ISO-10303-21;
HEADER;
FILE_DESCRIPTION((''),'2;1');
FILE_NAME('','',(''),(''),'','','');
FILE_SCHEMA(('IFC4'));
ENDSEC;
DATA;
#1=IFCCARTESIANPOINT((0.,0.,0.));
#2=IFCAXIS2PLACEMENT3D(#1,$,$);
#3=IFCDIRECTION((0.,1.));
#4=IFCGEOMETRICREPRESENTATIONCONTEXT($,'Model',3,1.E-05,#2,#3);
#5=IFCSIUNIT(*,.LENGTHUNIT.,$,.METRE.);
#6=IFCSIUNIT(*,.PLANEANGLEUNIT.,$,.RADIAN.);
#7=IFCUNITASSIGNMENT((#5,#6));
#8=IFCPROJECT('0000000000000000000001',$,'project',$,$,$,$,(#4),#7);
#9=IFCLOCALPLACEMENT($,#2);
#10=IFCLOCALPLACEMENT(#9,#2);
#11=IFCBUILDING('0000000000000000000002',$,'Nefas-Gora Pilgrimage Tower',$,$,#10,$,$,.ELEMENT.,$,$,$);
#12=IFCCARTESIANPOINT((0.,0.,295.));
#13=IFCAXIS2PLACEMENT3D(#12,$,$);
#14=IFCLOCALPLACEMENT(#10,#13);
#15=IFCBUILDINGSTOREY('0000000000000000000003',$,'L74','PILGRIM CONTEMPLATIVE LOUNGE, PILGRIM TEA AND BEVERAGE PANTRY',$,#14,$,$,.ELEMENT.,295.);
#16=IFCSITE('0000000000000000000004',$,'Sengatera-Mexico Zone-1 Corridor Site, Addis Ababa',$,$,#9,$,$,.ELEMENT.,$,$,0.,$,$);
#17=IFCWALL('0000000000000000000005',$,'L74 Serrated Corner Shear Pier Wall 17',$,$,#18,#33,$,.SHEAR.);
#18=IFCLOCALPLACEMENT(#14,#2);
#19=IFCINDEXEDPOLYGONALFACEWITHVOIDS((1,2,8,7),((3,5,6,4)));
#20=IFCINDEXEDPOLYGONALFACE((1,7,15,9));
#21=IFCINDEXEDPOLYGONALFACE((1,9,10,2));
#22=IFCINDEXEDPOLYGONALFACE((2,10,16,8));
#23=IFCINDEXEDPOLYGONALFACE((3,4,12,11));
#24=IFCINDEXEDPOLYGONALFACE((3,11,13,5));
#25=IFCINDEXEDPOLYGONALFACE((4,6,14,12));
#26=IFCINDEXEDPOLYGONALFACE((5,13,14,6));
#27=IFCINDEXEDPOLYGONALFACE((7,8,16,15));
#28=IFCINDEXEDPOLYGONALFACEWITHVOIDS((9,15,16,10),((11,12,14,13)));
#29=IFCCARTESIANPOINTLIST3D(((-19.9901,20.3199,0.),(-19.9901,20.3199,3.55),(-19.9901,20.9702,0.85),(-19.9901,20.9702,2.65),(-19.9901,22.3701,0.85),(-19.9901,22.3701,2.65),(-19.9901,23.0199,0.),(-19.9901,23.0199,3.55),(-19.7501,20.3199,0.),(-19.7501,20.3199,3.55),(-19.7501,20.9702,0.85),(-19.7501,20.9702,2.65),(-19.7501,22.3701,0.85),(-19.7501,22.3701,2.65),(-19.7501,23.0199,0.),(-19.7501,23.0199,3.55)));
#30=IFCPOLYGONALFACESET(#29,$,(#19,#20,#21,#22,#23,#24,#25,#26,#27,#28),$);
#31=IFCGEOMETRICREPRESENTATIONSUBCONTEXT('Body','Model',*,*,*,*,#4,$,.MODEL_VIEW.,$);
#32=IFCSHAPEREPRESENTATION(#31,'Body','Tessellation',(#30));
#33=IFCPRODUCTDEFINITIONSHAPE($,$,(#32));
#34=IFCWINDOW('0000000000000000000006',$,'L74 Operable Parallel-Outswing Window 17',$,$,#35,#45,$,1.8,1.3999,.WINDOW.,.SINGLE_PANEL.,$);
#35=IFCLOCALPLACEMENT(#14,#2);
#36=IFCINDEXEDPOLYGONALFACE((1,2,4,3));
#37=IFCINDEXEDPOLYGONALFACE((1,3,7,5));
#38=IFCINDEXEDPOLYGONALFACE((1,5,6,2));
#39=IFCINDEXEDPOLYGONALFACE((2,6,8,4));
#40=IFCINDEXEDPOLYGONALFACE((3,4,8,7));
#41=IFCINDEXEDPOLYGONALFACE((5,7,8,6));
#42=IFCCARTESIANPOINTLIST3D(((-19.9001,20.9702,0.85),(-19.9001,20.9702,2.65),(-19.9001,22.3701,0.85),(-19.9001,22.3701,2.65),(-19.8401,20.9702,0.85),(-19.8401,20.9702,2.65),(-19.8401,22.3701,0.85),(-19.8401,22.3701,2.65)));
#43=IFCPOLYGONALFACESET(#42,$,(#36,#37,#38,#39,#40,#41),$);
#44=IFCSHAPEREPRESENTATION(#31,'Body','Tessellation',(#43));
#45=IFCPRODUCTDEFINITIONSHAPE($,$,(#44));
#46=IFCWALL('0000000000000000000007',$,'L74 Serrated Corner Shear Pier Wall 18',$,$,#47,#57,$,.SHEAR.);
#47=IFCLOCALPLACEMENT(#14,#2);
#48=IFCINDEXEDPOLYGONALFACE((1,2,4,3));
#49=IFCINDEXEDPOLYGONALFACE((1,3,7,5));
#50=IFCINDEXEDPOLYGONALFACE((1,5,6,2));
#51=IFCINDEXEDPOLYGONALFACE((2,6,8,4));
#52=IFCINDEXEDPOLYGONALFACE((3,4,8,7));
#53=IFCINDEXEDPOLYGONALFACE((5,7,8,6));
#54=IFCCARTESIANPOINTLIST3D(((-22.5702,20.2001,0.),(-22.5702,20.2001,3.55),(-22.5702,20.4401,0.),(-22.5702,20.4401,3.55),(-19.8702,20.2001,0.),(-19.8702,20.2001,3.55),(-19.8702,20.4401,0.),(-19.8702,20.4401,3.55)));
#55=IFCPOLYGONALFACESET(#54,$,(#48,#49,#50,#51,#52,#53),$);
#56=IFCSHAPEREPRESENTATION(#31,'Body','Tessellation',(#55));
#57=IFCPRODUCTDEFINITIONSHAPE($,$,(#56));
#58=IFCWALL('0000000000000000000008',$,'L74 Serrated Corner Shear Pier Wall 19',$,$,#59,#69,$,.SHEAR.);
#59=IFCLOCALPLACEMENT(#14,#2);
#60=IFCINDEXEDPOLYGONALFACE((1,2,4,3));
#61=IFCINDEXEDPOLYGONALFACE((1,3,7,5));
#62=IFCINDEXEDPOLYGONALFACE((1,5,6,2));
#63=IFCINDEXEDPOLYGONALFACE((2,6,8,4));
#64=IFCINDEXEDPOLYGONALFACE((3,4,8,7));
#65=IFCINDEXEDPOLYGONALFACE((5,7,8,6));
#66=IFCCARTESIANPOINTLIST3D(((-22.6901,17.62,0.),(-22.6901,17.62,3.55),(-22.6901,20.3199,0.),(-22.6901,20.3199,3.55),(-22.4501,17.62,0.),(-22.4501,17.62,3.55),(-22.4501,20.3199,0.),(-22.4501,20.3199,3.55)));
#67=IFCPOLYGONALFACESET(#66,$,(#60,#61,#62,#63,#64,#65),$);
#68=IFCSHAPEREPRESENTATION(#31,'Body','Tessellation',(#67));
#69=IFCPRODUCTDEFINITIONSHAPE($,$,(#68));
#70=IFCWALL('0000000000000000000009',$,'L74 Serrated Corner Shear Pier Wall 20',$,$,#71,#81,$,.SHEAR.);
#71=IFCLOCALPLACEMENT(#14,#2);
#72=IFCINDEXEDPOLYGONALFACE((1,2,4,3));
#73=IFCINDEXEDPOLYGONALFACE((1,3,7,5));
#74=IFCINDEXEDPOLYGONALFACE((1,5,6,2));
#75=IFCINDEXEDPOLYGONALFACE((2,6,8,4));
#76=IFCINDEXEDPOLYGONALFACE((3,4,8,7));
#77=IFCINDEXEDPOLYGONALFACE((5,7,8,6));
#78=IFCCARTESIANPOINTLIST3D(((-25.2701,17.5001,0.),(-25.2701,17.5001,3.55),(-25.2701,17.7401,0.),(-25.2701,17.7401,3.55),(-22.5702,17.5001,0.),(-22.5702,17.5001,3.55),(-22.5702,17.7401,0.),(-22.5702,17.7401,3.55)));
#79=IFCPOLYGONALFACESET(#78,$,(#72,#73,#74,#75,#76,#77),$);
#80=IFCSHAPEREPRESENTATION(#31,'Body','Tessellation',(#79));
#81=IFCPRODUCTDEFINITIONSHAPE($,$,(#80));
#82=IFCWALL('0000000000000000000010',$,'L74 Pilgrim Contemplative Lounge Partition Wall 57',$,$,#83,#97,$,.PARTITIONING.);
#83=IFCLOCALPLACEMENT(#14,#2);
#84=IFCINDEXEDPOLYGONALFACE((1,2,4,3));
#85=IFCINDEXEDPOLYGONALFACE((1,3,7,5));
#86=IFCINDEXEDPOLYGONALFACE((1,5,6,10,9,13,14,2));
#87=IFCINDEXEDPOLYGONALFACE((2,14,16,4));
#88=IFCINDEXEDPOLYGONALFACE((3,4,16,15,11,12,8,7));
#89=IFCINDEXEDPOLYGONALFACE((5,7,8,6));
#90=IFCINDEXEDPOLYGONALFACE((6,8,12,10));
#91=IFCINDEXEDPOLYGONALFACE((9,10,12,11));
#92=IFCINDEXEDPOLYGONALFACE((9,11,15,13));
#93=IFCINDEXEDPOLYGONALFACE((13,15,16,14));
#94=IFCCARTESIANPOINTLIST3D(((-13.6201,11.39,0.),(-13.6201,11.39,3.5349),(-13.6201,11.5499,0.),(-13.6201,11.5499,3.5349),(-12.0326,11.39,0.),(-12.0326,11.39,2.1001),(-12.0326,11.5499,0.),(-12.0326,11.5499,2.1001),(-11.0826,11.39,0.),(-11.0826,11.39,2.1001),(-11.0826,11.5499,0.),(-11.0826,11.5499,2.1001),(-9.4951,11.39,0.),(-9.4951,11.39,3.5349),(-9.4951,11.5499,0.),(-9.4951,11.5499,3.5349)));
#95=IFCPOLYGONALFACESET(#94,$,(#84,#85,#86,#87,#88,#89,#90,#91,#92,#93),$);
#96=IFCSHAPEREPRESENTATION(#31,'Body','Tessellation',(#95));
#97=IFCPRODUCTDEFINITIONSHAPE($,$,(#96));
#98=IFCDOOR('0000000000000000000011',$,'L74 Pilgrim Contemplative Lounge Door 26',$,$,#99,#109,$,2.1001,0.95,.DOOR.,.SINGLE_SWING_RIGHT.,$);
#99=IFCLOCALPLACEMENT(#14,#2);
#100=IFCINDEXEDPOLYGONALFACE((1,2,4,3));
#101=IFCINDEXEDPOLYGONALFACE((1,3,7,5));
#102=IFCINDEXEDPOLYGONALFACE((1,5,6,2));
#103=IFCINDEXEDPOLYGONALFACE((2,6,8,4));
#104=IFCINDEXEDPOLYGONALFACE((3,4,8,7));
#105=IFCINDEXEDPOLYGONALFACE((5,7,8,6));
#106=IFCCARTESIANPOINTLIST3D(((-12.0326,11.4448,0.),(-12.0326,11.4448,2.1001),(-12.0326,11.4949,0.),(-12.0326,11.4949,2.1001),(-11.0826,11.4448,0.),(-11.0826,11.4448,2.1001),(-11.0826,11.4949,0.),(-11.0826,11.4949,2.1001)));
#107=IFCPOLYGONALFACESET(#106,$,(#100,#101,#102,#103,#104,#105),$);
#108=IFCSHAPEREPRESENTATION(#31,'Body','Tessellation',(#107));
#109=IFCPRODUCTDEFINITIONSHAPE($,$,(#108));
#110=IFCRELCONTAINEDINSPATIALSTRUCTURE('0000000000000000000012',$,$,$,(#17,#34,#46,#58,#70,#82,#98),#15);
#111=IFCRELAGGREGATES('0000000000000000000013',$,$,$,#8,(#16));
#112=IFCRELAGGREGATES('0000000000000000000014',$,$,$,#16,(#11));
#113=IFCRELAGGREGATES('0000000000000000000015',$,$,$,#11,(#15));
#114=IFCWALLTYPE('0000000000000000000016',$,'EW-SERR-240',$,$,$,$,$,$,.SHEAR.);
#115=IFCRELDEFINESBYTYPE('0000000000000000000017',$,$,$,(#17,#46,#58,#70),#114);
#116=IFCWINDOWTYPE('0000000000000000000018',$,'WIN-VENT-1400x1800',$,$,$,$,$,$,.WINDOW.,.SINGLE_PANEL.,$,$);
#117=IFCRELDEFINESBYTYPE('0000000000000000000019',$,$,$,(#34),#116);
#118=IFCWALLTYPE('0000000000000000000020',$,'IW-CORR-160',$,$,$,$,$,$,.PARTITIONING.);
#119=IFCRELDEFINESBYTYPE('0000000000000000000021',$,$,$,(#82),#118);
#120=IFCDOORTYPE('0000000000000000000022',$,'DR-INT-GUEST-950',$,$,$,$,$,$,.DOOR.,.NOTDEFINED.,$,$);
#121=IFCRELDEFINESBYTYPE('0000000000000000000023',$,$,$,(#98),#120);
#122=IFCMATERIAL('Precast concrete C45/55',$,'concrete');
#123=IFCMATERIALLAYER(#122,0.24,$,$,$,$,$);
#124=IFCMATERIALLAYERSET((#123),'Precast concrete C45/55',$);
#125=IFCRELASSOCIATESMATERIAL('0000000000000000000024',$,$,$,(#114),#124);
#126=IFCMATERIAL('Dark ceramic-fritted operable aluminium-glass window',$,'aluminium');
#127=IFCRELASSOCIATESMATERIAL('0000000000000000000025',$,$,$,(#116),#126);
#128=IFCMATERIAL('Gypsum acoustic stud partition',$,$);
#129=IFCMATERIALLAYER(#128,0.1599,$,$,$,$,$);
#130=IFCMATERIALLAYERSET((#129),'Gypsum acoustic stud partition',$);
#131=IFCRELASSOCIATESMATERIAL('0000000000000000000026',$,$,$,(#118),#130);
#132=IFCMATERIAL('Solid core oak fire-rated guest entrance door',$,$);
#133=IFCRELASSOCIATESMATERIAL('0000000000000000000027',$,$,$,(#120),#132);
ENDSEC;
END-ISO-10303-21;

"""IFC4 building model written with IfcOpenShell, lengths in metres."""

from ifc_helpers import new_model, si_unit, direction, frame, frame_2d, origin, place, context, subcontext, project, spatial, rectangle, extrude, source, transform, mapped, material, layer, layer_set, type_object, element, fill, save


model = new_model("IFC4")

# Units and contexts
model_context = context("Model", 3, precision=1e-05, world=origin(), true_north=direction((0.0, 1.0)))
body_context = subcontext(model_context, "Body", "Model", "MODEL_VIEW")
ifc_project = project(units=[si_unit("LENGTHUNIT", "METRE"), si_unit("PLANEANGLEUNIT", "RADIAN")], contexts=[model_context])

# Site, building, storey
site_placement = place(None, origin())
site = spatial("IfcSite", under=ifc_project, at=site_placement, Name="Sengatera-Mexico Zone-1 Corridor Site, Addis Ababa", CompositionType="ELEMENT", RefElevation=0.0)
building_placement = place(site_placement, origin())
building = spatial("IfcBuilding", under=site, at=building_placement, Name="Nefas-Gora Pilgrimage Tower", CompositionType="ELEMENT")
storey_placement = place(building_placement, frame((0.0, 0.0, 295.0)))
storey = spatial("IfcBuildingStorey", under=building, at=storey_placement, Name="L74", Description="PILGRIM CONTEMPLATIVE LOUNGE, PILGRIM TEA AND BEVERAGE PANTRY", CompositionType="ELEMENT", Elevation=295.0)

# Wall, opening, window
ifc_material_1 = material(Name="Precast concrete C45/55", Category="concrete")
ifc_layer_1 = layer(ifc_material_1, 0.24)
ifc_layer_set_1 = layer_set([ifc_layer_1], Name="Precast concrete C45/55")
wall_type_1 = type_object("IfcWallType", Name="EW-SERR-240", PredefinedType="SHEAR", material=ifc_layer_set_1)
shared_shape_1 = source(origin(), body_context, "Body", "SweptSolid", [
    extrude(rectangle(XDim=2.7, YDim=0.24, at=frame_2d((1.3501, 0.0))), origin(), (0.0, 0.0, 1.0), 3.55),
])
wall_1_placement = place(storey_placement, frame((-19.8701, 23.02, 0.0), z_axis=(0.0, 0.0, 1.0), x_axis=(0.0, -1.0, 0.0)))
wall_1 = element("IfcWall", 1, at=wall_1_placement, inside=storey, type_object=wall_type_1, Name="L74 Serrated Corner Shear Pier Wall 17", PredefinedType="SHEAR", context=body_context, shape_type="MappedRepresentation", body=[
    mapped(shared_shape_1, transform((0.0, 0.0, 0.0), x_axis=(1.0, 0.0, 0.0), y_axis=(0.0, 1.0, 0.0), z_axis=(0.0, 0.0, 1.0), scale=1.0)),
])
opening_1_placement = place(wall_1_placement, frame((0.6499, 0.0, 0.8501)))
opening_1 = element("IfcOpeningElement", 2, at=opening_1_placement, cuts=wall_1, PredefinedType="OPENING", context=body_context, shape_type="SweptSolid", body=[
    extrude(rectangle(XDim=1.3999, YDim=1.8, at=frame_2d((0.7, 0.8999))), frame((0.0, 0.1299, 0.0), z_axis=(0.0, -1.0, 0.0), x_axis=(1.0, 0.0, 0.0)), (0.0, 0.0, 1.0), 0.26),
])
ifc_material_2 = material(Name="Dark ceramic-fritted operable aluminium-glass window", Category="aluminium")
window_type = type_object("IfcWindowType", Name="WIN-VENT-1400x1800", PartitioningType="SINGLE_PANEL", PredefinedType="WINDOW", material=ifc_material_2)
shared_shape_2 = source(origin(), body_context, "Body", "SweptSolid", [
    extrude(rectangle(XDim=1.3999, YDim=1.8, at=frame_2d((0.7, 0.8999))), frame((0.0, 0.03, 0.0), z_axis=(0.0, -1.0, 0.0), x_axis=(1.0, 0.0, 0.0)), (0.0, 0.0, 1.0), 0.0601),
])
window_placement = place(opening_1_placement, origin())
window = element("IfcWindow", 3, at=window_placement, inside=storey, type_object=window_type, Name="L74 Operable Parallel-Outswing Window 17", OverallHeight=1.8, OverallWidth=1.3999, PartitioningType="SINGLE_PANEL", PredefinedType="WINDOW", context=body_context, shape_type="MappedRepresentation", body=[
    mapped(shared_shape_2, transform((0.0, 0.0, 0.0), x_axis=(1.0, 0.0, 0.0), y_axis=(0.0, 1.0, 0.0), z_axis=(0.0, 0.0, 1.0), scale=1.0)),
])
fill(opening_1, window)

# Walls
for number, where, z_axis, x_axis, name in (
    (4, (-19.8701, 20.3201, 0.0), (0.0, 0.0, 1.0), (-1.0, 0.0, 0.0), "L74 Serrated Corner Shear Pier Wall 18"),
    (5, (-22.5701, 20.3201, 0.0), (0.0, 0.0, 1.0), (0.0, -1.0, 0.0), "L74 Serrated Corner Shear Pier Wall 19"),
    (6, (-22.5701, 17.6201, 0.0), (0.0, 0.0, 1.0), (-1.0, 0.0, 0.0), "L74 Serrated Corner Shear Pier Wall 20"),
):
    element("IfcWall", number, at=place(storey_placement, frame(where, z_axis=z_axis, x_axis=x_axis)), inside=storey, type_object=wall_type_1, Name=name, PredefinedType="SHEAR", context=body_context, shape_type="MappedRepresentation", body=[
        mapped(shared_shape_1, transform((0.0, 0.0, 0.0), x_axis=(1.0, 0.0, 0.0), y_axis=(0.0, 1.0, 0.0), z_axis=(0.0, 0.0, 1.0), scale=1.0)),
    ])

# Wall, opening, door
ifc_material_3 = material(Name="Gypsum acoustic stud partition")
ifc_layer_2 = layer(ifc_material_3, 0.1599)
ifc_layer_set_2 = layer_set([ifc_layer_2], Name="Gypsum acoustic stud partition")
wall_type_2 = type_object("IfcWallType", Name="IW-CORR-160", PredefinedType="PARTITIONING", material=ifc_layer_set_2)
shared_shape_3 = source(origin(), body_context, "Body", "SweptSolid", [
    extrude(rectangle(XDim=4.125, YDim=0.1599, at=frame_2d((2.0625, 0.0))), origin(), (0.0, 0.0, 1.0), 3.5349),
])
wall_2_placement = place(storey_placement, frame((-13.6201, 11.47, 0.0), z_axis=(0.0, 0.0, 1.0), x_axis=(1.0, 0.0, 0.0)))
wall_2 = element("IfcWall", 7, at=wall_2_placement, inside=storey, type_object=wall_type_2, Name="L74 Pilgrim Contemplative Lounge Partition Wall 57", PredefinedType="PARTITIONING", context=body_context, shape_type="MappedRepresentation", body=[
    mapped(shared_shape_3, transform((0.0, 0.0, 0.0), x_axis=(1.0, 0.0, 0.0), y_axis=(0.0, 1.0, 0.0), z_axis=(0.0, 0.0, 1.0), scale=1.0)),
])
opening_2_placement = place(wall_2_placement, frame((1.5874, 0.0, 0.0)))
opening_2 = element("IfcOpeningElement", 8, at=opening_2_placement, cuts=wall_2, PredefinedType="OPENING", context=body_context, shape_type="SweptSolid", body=[
    extrude(rectangle(XDim=0.95, YDim=2.1001, at=frame_2d((0.4751, 1.05))), frame((0.0, 0.0898, 0.0), z_axis=(0.0, -1.0, 0.0), x_axis=(1.0, 0.0, 0.0)), (0.0, 0.0, 1.0), 0.1799),
])
ifc_material_4 = material(Name="Solid core oak fire-rated guest entrance door")
door_type = type_object("IfcDoorType", Name="DR-INT-GUEST-950", OperationType="NOTDEFINED", PredefinedType="DOOR", material=ifc_material_4)
shared_shape_4 = source(origin(), body_context, "Body", "SweptSolid", [
    extrude(rectangle(XDim=0.95, YDim=2.1001, at=frame_2d((0.4751, 1.05))), frame((0.0, 0.0249, 0.0), z_axis=(0.0, -1.0, 0.0), x_axis=(1.0, 0.0, 0.0)), (0.0, 0.0, 1.0), 0.05),
])
door_placement = place(opening_2_placement, origin())
door = element("IfcDoor", 9, at=door_placement, inside=storey, type_object=door_type, Name="L74 Pilgrim Contemplative Lounge Door 26", OperationType="SINGLE_SWING_RIGHT", OverallHeight=2.1001, OverallWidth=0.95, PredefinedType="DOOR", context=body_context, shape_type="MappedRepresentation", body=[
    mapped(shared_shape_4, transform((0.0, 0.0, 0.0), x_axis=(1.0, 0.0, 0.0), y_axis=(0.0, 1.0, 0.0), z_axis=(0.0, 0.0, 1.0), scale=1.0)),
])
fill(opening_2, door)

save(model, "model.ifc")
